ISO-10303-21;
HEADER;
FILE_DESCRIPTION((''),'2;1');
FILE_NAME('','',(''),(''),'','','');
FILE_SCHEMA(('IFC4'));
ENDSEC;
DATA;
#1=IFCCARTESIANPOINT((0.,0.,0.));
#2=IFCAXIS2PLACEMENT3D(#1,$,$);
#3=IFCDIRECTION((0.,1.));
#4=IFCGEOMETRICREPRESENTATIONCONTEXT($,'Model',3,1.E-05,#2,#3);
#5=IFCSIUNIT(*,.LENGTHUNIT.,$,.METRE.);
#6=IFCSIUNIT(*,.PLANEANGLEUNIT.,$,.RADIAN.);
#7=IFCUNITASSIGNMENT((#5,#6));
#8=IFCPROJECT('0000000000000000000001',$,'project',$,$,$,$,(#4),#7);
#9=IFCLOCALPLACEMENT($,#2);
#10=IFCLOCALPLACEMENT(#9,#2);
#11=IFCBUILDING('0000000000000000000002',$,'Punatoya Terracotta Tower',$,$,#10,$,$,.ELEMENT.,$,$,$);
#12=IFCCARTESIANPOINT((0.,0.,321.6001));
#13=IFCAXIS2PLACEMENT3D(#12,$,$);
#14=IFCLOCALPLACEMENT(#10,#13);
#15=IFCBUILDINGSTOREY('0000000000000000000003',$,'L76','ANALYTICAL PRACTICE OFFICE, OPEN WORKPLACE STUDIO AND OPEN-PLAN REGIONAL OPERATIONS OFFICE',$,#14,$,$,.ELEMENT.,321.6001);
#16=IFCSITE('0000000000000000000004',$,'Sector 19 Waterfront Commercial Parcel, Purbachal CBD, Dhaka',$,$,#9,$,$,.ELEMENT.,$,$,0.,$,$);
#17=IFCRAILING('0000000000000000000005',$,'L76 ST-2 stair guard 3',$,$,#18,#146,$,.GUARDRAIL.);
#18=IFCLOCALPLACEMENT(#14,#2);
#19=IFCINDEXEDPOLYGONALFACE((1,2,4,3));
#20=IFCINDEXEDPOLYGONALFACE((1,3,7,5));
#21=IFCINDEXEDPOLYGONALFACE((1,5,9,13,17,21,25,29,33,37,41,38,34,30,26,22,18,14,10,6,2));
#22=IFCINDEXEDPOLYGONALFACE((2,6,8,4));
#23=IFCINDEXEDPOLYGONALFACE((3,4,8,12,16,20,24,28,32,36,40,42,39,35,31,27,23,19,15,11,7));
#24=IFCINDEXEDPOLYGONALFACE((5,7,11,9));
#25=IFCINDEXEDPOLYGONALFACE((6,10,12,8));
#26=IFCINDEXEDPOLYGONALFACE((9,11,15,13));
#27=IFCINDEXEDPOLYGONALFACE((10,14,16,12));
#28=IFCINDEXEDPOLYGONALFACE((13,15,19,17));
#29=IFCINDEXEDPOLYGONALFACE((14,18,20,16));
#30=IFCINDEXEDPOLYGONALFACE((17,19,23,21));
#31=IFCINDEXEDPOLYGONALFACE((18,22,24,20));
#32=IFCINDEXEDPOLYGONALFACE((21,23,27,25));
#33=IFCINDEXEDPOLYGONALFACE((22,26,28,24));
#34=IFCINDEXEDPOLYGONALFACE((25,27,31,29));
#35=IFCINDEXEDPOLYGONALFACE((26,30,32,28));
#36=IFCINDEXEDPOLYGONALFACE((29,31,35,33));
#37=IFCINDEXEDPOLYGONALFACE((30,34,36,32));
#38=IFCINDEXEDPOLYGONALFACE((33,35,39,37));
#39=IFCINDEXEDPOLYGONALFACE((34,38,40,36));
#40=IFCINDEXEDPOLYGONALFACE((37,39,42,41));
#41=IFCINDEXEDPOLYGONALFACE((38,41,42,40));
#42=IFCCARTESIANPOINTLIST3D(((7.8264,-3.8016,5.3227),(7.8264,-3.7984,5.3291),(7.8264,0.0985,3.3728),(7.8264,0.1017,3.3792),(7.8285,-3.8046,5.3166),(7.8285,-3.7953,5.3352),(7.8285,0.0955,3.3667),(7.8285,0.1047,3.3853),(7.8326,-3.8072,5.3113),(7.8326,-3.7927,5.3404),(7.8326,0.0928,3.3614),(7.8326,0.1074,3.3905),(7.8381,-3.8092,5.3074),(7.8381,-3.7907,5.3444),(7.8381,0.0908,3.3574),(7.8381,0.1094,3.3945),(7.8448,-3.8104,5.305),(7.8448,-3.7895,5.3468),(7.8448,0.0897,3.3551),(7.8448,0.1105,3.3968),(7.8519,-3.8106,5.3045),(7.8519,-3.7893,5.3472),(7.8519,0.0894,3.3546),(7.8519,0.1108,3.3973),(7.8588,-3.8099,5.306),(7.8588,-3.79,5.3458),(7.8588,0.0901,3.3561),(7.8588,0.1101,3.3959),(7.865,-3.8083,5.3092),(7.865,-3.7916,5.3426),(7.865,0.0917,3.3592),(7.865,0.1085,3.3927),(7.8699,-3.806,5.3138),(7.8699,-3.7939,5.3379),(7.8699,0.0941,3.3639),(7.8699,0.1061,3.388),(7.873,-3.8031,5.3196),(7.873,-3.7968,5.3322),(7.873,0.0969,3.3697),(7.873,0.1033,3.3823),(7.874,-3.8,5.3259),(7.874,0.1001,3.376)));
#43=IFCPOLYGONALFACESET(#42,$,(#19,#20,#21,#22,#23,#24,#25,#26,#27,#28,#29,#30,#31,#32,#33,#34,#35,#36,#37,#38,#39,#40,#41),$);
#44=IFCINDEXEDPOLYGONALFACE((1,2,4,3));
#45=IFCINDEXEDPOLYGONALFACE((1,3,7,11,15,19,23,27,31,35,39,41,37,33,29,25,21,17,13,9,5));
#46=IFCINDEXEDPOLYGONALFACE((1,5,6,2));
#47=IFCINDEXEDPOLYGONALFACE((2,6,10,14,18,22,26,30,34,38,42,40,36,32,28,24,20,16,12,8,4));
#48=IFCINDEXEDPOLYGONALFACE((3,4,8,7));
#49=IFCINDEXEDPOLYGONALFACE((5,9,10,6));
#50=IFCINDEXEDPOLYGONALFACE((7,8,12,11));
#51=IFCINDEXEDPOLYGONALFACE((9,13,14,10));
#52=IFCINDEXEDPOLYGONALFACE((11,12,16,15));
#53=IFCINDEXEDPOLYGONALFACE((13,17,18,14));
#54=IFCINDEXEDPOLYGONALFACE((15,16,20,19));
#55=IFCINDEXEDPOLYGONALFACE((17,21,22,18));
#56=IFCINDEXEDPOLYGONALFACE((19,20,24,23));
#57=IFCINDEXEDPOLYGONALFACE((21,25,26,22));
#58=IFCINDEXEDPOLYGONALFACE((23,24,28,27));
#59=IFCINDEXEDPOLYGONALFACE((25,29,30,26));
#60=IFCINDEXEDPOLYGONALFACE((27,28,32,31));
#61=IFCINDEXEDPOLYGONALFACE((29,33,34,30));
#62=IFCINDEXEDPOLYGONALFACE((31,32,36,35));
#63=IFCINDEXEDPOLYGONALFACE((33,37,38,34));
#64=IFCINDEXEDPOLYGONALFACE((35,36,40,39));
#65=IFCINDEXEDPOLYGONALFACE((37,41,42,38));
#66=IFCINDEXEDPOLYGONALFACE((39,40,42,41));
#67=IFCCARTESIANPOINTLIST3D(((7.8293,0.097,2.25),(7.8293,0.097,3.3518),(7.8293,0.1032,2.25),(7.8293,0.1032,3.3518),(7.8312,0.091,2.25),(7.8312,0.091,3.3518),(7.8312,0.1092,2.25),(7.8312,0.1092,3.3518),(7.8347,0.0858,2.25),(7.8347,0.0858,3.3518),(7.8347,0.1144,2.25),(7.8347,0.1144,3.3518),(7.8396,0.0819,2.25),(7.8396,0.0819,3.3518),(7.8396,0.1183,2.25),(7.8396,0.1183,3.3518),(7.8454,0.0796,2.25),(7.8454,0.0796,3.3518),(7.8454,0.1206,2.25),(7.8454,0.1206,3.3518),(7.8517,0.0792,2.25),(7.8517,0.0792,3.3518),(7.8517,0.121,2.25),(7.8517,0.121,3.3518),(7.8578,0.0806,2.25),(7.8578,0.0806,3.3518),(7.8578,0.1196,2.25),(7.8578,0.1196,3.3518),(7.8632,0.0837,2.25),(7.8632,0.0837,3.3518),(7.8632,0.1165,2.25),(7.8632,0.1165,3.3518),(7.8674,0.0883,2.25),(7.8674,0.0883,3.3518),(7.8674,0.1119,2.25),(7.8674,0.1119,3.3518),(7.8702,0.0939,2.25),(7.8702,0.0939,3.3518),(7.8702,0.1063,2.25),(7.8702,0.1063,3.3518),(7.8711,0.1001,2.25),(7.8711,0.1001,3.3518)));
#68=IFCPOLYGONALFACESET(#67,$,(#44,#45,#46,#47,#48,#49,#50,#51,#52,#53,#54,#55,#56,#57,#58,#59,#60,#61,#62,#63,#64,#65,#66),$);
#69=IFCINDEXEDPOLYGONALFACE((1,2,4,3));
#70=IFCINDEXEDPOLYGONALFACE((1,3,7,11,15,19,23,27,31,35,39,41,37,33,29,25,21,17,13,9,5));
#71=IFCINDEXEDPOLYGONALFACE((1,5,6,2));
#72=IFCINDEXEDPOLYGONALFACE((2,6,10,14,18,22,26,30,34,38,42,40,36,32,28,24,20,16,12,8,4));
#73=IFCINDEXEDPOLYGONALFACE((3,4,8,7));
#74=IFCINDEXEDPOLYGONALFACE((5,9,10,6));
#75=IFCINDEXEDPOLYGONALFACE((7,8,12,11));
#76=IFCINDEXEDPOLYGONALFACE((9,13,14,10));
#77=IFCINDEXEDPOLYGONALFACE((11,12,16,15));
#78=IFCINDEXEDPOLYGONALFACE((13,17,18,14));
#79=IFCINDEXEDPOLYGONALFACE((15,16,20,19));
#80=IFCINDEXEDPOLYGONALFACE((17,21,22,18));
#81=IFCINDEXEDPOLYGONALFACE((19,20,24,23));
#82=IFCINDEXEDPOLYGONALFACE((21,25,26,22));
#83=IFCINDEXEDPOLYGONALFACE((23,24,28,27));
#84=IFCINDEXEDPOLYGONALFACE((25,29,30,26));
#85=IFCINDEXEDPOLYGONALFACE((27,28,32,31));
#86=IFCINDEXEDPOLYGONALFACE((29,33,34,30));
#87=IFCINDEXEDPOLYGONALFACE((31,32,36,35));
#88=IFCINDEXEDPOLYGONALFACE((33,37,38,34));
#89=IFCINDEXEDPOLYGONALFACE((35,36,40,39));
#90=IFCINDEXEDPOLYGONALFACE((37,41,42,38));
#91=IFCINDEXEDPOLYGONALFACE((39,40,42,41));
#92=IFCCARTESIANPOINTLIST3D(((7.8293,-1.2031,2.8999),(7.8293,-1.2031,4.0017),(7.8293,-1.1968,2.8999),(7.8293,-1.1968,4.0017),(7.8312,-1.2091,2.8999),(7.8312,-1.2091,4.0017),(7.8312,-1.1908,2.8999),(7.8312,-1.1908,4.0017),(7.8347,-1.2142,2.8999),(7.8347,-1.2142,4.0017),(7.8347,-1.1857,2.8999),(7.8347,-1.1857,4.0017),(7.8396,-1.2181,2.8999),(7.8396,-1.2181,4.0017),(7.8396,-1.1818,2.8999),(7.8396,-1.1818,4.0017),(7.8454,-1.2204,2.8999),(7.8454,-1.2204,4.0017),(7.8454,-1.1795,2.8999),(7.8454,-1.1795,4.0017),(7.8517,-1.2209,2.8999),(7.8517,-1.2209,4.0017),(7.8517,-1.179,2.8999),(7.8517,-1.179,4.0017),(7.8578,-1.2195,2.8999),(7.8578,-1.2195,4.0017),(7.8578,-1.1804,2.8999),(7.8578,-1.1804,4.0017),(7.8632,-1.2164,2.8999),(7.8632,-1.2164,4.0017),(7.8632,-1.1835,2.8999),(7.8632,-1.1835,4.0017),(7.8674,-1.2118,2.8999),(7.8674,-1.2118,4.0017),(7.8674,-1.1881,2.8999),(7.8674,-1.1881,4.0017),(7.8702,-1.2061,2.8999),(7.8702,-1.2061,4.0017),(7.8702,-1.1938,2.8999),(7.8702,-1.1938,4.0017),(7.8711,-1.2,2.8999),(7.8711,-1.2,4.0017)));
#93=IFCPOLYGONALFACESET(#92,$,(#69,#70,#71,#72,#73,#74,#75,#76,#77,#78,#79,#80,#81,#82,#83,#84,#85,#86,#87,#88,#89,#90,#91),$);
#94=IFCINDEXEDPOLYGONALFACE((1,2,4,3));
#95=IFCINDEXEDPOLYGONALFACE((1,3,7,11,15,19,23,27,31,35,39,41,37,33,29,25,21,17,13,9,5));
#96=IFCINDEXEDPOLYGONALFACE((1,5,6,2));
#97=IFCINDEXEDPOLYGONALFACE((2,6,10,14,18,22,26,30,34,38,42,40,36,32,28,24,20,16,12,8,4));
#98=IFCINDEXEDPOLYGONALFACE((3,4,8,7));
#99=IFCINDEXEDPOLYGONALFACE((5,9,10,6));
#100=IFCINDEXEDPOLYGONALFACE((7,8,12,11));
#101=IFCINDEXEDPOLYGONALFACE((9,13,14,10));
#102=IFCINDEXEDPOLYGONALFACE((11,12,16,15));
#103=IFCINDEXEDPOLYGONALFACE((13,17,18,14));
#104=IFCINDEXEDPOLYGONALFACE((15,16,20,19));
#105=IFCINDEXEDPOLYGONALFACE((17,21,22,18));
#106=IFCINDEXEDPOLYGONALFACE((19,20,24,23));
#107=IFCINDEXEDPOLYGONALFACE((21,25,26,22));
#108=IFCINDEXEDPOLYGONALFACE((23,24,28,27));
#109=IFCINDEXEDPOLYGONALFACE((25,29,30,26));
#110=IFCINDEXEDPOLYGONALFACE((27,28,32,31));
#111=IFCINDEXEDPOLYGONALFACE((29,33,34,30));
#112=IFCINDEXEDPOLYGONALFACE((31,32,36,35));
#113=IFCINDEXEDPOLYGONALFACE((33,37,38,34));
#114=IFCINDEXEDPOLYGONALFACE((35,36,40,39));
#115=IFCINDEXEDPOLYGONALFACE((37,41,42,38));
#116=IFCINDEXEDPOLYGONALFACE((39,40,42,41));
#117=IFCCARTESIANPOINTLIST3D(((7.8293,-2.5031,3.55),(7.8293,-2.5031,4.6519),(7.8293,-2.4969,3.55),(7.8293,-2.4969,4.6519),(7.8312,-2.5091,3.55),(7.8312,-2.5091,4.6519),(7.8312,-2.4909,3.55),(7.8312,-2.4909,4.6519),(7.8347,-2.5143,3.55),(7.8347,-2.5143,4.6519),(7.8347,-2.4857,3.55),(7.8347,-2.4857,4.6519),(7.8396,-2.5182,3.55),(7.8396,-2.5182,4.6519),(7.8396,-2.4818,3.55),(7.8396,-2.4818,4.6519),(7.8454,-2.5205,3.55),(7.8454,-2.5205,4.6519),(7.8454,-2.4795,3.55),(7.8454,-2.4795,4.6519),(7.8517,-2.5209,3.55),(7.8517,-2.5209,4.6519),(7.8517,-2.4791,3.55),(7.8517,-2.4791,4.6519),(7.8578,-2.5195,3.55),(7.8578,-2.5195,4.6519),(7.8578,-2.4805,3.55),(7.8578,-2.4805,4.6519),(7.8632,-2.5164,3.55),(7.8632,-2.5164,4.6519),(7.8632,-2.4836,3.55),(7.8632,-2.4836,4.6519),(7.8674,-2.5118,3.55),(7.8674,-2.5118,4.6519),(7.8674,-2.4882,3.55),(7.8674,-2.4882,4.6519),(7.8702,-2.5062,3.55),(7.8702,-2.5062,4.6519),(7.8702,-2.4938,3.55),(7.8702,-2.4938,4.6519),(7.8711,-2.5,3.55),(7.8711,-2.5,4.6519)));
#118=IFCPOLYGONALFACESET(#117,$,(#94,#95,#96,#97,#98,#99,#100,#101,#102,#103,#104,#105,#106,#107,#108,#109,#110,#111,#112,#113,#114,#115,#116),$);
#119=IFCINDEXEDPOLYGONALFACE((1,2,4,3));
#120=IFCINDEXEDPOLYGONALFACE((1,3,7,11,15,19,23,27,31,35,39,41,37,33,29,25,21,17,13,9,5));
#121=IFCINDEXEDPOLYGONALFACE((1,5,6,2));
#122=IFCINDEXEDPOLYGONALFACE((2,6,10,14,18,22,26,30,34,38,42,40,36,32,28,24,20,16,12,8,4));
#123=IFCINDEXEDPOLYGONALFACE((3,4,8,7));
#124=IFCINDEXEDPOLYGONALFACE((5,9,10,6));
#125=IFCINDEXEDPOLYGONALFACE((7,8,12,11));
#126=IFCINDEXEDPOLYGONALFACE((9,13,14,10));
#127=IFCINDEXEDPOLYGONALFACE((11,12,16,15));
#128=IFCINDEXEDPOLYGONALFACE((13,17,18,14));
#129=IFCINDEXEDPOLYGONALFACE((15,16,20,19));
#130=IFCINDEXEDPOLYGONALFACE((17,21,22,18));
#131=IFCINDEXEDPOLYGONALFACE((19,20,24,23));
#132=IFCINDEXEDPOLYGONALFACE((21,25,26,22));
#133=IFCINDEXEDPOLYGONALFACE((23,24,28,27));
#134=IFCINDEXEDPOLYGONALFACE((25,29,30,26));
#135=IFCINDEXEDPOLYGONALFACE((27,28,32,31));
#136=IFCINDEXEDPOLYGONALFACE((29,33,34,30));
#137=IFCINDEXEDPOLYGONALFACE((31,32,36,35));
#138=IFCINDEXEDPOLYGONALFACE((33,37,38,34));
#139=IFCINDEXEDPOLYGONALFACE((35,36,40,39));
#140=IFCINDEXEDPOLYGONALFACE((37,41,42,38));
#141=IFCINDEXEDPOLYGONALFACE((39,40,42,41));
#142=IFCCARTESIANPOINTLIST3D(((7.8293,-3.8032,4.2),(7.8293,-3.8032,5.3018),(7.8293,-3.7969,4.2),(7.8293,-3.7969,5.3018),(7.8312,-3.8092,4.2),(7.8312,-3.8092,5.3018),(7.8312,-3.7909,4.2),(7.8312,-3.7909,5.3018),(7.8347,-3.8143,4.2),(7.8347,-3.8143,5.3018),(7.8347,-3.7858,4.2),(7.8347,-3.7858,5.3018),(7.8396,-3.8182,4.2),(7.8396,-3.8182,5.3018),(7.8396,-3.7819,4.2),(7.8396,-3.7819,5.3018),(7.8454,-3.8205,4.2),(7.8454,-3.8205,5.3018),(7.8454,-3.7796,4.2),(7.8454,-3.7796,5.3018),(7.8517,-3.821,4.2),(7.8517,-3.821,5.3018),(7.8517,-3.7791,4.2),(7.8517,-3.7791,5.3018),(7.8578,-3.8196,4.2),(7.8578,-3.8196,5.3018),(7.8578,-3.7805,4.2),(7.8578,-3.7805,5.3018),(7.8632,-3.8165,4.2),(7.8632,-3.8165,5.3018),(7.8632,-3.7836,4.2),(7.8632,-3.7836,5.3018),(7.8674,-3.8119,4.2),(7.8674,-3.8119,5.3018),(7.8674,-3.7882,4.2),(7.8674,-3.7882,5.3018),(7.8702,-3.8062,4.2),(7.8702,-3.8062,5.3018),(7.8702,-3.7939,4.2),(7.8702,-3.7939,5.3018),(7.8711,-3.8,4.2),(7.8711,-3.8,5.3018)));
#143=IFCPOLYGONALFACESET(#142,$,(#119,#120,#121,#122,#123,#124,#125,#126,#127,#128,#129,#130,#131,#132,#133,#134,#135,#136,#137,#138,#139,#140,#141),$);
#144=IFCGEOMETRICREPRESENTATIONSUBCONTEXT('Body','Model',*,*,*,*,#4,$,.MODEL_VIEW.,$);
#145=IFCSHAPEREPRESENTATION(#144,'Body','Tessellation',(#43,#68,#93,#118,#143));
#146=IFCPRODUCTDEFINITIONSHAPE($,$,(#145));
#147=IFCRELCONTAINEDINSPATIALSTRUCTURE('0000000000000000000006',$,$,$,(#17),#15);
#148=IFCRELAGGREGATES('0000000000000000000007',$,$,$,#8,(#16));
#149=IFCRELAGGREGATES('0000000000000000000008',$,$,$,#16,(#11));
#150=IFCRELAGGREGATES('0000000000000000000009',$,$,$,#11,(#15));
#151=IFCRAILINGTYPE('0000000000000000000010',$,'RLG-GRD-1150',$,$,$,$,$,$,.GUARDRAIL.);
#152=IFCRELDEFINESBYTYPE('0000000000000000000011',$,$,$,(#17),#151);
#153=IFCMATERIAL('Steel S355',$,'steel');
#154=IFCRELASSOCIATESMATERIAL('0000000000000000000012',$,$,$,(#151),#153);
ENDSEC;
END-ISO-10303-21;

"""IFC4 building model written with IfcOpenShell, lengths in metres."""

from ifc_helpers import new_model, si_unit, direction, frame, origin, origin_2d, place, context, subcontext, project, spatial, circle, extrude, material, type_object, element, save


model = new_model("IFC4")

# Units and contexts
model_context = context("Model", 3, precision=1e-05, world=origin(), true_north=direction((0.0, 1.0)))
body_context = subcontext(model_context, "Body", "Model", "MODEL_VIEW")
ifc_project = project(units=[si_unit("LENGTHUNIT", "METRE"), si_unit("PLANEANGLEUNIT", "RADIAN")], contexts=[model_context])

# Site, building, storey
site_placement = place(None, origin())
site = spatial("IfcSite", under=ifc_project, at=site_placement, Name="Sector 19 Waterfront Commercial Parcel, Purbachal CBD, Dhaka", CompositionType="ELEMENT", RefElevation=0.0)
building_placement = place(site_placement, origin())
building = spatial("IfcBuilding", under=site, at=building_placement, Name="Punatoya Terracotta Tower", CompositionType="ELEMENT")
storey_placement = place(building_placement, frame((0.0, 0.0, 321.6001)))
storey = spatial("IfcBuildingStorey", under=building, at=storey_placement, Name="L76", Description="ANALYTICAL PRACTICE OFFICE, OPEN WORKPLACE STUDIO AND OPEN-PLAN REGIONAL OPERATIONS OFFICE", CompositionType="ELEMENT", Elevation=321.6001)

# Shared definitions
ifc_material_1 = material(Name="Steel S355", Category="steel")

# Railing
railing_type_1 = type_object("IfcRailingType", Name="RLG-GRD-1150", PredefinedType="GUARDRAIL", material=ifc_material_1)
railing_1_placement = place(storey_placement, frame((7.8501, 0.1001, 2.25)))
element("IfcRailing", 1, at=railing_1_placement, inside=storey, type_object=railing_type_1, Name="L76 ST-2 stair guard 3", PredefinedType="GUARDRAIL", context=body_context, shape_type="SweptSolid", body=[
    extrude(circle(Radius=0.0239, at=origin_2d()), frame((0.0, 0.0, 1.126), z_axis=(0.0, -0.894438, 0.447191), x_axis=(1.0, 0.0, 0.0)), (0.0, 0.0, 1.0), 4.3604),
    extrude(circle(Radius=0.021, at=origin_2d()), origin(), (0.0, 0.0, 1.0), 1.1018),
    extrude(circle(Radius=0.021, at=origin_2d()), frame((0.0, -1.3, 0.6499)), (0.0, 0.0, 1.0), 1.1018),
    extrude(circle(Radius=0.021, at=origin_2d()), frame((0.0, -2.6001, 1.3)), (0.0, 0.0, 1.0), 1.1018),
    extrude(circle(Radius=0.021, at=origin_2d()), frame((0.0, -3.9001, 1.95)), (0.0, 0.0, 1.0), 1.1018),
])

save(model, "model.ifc")
